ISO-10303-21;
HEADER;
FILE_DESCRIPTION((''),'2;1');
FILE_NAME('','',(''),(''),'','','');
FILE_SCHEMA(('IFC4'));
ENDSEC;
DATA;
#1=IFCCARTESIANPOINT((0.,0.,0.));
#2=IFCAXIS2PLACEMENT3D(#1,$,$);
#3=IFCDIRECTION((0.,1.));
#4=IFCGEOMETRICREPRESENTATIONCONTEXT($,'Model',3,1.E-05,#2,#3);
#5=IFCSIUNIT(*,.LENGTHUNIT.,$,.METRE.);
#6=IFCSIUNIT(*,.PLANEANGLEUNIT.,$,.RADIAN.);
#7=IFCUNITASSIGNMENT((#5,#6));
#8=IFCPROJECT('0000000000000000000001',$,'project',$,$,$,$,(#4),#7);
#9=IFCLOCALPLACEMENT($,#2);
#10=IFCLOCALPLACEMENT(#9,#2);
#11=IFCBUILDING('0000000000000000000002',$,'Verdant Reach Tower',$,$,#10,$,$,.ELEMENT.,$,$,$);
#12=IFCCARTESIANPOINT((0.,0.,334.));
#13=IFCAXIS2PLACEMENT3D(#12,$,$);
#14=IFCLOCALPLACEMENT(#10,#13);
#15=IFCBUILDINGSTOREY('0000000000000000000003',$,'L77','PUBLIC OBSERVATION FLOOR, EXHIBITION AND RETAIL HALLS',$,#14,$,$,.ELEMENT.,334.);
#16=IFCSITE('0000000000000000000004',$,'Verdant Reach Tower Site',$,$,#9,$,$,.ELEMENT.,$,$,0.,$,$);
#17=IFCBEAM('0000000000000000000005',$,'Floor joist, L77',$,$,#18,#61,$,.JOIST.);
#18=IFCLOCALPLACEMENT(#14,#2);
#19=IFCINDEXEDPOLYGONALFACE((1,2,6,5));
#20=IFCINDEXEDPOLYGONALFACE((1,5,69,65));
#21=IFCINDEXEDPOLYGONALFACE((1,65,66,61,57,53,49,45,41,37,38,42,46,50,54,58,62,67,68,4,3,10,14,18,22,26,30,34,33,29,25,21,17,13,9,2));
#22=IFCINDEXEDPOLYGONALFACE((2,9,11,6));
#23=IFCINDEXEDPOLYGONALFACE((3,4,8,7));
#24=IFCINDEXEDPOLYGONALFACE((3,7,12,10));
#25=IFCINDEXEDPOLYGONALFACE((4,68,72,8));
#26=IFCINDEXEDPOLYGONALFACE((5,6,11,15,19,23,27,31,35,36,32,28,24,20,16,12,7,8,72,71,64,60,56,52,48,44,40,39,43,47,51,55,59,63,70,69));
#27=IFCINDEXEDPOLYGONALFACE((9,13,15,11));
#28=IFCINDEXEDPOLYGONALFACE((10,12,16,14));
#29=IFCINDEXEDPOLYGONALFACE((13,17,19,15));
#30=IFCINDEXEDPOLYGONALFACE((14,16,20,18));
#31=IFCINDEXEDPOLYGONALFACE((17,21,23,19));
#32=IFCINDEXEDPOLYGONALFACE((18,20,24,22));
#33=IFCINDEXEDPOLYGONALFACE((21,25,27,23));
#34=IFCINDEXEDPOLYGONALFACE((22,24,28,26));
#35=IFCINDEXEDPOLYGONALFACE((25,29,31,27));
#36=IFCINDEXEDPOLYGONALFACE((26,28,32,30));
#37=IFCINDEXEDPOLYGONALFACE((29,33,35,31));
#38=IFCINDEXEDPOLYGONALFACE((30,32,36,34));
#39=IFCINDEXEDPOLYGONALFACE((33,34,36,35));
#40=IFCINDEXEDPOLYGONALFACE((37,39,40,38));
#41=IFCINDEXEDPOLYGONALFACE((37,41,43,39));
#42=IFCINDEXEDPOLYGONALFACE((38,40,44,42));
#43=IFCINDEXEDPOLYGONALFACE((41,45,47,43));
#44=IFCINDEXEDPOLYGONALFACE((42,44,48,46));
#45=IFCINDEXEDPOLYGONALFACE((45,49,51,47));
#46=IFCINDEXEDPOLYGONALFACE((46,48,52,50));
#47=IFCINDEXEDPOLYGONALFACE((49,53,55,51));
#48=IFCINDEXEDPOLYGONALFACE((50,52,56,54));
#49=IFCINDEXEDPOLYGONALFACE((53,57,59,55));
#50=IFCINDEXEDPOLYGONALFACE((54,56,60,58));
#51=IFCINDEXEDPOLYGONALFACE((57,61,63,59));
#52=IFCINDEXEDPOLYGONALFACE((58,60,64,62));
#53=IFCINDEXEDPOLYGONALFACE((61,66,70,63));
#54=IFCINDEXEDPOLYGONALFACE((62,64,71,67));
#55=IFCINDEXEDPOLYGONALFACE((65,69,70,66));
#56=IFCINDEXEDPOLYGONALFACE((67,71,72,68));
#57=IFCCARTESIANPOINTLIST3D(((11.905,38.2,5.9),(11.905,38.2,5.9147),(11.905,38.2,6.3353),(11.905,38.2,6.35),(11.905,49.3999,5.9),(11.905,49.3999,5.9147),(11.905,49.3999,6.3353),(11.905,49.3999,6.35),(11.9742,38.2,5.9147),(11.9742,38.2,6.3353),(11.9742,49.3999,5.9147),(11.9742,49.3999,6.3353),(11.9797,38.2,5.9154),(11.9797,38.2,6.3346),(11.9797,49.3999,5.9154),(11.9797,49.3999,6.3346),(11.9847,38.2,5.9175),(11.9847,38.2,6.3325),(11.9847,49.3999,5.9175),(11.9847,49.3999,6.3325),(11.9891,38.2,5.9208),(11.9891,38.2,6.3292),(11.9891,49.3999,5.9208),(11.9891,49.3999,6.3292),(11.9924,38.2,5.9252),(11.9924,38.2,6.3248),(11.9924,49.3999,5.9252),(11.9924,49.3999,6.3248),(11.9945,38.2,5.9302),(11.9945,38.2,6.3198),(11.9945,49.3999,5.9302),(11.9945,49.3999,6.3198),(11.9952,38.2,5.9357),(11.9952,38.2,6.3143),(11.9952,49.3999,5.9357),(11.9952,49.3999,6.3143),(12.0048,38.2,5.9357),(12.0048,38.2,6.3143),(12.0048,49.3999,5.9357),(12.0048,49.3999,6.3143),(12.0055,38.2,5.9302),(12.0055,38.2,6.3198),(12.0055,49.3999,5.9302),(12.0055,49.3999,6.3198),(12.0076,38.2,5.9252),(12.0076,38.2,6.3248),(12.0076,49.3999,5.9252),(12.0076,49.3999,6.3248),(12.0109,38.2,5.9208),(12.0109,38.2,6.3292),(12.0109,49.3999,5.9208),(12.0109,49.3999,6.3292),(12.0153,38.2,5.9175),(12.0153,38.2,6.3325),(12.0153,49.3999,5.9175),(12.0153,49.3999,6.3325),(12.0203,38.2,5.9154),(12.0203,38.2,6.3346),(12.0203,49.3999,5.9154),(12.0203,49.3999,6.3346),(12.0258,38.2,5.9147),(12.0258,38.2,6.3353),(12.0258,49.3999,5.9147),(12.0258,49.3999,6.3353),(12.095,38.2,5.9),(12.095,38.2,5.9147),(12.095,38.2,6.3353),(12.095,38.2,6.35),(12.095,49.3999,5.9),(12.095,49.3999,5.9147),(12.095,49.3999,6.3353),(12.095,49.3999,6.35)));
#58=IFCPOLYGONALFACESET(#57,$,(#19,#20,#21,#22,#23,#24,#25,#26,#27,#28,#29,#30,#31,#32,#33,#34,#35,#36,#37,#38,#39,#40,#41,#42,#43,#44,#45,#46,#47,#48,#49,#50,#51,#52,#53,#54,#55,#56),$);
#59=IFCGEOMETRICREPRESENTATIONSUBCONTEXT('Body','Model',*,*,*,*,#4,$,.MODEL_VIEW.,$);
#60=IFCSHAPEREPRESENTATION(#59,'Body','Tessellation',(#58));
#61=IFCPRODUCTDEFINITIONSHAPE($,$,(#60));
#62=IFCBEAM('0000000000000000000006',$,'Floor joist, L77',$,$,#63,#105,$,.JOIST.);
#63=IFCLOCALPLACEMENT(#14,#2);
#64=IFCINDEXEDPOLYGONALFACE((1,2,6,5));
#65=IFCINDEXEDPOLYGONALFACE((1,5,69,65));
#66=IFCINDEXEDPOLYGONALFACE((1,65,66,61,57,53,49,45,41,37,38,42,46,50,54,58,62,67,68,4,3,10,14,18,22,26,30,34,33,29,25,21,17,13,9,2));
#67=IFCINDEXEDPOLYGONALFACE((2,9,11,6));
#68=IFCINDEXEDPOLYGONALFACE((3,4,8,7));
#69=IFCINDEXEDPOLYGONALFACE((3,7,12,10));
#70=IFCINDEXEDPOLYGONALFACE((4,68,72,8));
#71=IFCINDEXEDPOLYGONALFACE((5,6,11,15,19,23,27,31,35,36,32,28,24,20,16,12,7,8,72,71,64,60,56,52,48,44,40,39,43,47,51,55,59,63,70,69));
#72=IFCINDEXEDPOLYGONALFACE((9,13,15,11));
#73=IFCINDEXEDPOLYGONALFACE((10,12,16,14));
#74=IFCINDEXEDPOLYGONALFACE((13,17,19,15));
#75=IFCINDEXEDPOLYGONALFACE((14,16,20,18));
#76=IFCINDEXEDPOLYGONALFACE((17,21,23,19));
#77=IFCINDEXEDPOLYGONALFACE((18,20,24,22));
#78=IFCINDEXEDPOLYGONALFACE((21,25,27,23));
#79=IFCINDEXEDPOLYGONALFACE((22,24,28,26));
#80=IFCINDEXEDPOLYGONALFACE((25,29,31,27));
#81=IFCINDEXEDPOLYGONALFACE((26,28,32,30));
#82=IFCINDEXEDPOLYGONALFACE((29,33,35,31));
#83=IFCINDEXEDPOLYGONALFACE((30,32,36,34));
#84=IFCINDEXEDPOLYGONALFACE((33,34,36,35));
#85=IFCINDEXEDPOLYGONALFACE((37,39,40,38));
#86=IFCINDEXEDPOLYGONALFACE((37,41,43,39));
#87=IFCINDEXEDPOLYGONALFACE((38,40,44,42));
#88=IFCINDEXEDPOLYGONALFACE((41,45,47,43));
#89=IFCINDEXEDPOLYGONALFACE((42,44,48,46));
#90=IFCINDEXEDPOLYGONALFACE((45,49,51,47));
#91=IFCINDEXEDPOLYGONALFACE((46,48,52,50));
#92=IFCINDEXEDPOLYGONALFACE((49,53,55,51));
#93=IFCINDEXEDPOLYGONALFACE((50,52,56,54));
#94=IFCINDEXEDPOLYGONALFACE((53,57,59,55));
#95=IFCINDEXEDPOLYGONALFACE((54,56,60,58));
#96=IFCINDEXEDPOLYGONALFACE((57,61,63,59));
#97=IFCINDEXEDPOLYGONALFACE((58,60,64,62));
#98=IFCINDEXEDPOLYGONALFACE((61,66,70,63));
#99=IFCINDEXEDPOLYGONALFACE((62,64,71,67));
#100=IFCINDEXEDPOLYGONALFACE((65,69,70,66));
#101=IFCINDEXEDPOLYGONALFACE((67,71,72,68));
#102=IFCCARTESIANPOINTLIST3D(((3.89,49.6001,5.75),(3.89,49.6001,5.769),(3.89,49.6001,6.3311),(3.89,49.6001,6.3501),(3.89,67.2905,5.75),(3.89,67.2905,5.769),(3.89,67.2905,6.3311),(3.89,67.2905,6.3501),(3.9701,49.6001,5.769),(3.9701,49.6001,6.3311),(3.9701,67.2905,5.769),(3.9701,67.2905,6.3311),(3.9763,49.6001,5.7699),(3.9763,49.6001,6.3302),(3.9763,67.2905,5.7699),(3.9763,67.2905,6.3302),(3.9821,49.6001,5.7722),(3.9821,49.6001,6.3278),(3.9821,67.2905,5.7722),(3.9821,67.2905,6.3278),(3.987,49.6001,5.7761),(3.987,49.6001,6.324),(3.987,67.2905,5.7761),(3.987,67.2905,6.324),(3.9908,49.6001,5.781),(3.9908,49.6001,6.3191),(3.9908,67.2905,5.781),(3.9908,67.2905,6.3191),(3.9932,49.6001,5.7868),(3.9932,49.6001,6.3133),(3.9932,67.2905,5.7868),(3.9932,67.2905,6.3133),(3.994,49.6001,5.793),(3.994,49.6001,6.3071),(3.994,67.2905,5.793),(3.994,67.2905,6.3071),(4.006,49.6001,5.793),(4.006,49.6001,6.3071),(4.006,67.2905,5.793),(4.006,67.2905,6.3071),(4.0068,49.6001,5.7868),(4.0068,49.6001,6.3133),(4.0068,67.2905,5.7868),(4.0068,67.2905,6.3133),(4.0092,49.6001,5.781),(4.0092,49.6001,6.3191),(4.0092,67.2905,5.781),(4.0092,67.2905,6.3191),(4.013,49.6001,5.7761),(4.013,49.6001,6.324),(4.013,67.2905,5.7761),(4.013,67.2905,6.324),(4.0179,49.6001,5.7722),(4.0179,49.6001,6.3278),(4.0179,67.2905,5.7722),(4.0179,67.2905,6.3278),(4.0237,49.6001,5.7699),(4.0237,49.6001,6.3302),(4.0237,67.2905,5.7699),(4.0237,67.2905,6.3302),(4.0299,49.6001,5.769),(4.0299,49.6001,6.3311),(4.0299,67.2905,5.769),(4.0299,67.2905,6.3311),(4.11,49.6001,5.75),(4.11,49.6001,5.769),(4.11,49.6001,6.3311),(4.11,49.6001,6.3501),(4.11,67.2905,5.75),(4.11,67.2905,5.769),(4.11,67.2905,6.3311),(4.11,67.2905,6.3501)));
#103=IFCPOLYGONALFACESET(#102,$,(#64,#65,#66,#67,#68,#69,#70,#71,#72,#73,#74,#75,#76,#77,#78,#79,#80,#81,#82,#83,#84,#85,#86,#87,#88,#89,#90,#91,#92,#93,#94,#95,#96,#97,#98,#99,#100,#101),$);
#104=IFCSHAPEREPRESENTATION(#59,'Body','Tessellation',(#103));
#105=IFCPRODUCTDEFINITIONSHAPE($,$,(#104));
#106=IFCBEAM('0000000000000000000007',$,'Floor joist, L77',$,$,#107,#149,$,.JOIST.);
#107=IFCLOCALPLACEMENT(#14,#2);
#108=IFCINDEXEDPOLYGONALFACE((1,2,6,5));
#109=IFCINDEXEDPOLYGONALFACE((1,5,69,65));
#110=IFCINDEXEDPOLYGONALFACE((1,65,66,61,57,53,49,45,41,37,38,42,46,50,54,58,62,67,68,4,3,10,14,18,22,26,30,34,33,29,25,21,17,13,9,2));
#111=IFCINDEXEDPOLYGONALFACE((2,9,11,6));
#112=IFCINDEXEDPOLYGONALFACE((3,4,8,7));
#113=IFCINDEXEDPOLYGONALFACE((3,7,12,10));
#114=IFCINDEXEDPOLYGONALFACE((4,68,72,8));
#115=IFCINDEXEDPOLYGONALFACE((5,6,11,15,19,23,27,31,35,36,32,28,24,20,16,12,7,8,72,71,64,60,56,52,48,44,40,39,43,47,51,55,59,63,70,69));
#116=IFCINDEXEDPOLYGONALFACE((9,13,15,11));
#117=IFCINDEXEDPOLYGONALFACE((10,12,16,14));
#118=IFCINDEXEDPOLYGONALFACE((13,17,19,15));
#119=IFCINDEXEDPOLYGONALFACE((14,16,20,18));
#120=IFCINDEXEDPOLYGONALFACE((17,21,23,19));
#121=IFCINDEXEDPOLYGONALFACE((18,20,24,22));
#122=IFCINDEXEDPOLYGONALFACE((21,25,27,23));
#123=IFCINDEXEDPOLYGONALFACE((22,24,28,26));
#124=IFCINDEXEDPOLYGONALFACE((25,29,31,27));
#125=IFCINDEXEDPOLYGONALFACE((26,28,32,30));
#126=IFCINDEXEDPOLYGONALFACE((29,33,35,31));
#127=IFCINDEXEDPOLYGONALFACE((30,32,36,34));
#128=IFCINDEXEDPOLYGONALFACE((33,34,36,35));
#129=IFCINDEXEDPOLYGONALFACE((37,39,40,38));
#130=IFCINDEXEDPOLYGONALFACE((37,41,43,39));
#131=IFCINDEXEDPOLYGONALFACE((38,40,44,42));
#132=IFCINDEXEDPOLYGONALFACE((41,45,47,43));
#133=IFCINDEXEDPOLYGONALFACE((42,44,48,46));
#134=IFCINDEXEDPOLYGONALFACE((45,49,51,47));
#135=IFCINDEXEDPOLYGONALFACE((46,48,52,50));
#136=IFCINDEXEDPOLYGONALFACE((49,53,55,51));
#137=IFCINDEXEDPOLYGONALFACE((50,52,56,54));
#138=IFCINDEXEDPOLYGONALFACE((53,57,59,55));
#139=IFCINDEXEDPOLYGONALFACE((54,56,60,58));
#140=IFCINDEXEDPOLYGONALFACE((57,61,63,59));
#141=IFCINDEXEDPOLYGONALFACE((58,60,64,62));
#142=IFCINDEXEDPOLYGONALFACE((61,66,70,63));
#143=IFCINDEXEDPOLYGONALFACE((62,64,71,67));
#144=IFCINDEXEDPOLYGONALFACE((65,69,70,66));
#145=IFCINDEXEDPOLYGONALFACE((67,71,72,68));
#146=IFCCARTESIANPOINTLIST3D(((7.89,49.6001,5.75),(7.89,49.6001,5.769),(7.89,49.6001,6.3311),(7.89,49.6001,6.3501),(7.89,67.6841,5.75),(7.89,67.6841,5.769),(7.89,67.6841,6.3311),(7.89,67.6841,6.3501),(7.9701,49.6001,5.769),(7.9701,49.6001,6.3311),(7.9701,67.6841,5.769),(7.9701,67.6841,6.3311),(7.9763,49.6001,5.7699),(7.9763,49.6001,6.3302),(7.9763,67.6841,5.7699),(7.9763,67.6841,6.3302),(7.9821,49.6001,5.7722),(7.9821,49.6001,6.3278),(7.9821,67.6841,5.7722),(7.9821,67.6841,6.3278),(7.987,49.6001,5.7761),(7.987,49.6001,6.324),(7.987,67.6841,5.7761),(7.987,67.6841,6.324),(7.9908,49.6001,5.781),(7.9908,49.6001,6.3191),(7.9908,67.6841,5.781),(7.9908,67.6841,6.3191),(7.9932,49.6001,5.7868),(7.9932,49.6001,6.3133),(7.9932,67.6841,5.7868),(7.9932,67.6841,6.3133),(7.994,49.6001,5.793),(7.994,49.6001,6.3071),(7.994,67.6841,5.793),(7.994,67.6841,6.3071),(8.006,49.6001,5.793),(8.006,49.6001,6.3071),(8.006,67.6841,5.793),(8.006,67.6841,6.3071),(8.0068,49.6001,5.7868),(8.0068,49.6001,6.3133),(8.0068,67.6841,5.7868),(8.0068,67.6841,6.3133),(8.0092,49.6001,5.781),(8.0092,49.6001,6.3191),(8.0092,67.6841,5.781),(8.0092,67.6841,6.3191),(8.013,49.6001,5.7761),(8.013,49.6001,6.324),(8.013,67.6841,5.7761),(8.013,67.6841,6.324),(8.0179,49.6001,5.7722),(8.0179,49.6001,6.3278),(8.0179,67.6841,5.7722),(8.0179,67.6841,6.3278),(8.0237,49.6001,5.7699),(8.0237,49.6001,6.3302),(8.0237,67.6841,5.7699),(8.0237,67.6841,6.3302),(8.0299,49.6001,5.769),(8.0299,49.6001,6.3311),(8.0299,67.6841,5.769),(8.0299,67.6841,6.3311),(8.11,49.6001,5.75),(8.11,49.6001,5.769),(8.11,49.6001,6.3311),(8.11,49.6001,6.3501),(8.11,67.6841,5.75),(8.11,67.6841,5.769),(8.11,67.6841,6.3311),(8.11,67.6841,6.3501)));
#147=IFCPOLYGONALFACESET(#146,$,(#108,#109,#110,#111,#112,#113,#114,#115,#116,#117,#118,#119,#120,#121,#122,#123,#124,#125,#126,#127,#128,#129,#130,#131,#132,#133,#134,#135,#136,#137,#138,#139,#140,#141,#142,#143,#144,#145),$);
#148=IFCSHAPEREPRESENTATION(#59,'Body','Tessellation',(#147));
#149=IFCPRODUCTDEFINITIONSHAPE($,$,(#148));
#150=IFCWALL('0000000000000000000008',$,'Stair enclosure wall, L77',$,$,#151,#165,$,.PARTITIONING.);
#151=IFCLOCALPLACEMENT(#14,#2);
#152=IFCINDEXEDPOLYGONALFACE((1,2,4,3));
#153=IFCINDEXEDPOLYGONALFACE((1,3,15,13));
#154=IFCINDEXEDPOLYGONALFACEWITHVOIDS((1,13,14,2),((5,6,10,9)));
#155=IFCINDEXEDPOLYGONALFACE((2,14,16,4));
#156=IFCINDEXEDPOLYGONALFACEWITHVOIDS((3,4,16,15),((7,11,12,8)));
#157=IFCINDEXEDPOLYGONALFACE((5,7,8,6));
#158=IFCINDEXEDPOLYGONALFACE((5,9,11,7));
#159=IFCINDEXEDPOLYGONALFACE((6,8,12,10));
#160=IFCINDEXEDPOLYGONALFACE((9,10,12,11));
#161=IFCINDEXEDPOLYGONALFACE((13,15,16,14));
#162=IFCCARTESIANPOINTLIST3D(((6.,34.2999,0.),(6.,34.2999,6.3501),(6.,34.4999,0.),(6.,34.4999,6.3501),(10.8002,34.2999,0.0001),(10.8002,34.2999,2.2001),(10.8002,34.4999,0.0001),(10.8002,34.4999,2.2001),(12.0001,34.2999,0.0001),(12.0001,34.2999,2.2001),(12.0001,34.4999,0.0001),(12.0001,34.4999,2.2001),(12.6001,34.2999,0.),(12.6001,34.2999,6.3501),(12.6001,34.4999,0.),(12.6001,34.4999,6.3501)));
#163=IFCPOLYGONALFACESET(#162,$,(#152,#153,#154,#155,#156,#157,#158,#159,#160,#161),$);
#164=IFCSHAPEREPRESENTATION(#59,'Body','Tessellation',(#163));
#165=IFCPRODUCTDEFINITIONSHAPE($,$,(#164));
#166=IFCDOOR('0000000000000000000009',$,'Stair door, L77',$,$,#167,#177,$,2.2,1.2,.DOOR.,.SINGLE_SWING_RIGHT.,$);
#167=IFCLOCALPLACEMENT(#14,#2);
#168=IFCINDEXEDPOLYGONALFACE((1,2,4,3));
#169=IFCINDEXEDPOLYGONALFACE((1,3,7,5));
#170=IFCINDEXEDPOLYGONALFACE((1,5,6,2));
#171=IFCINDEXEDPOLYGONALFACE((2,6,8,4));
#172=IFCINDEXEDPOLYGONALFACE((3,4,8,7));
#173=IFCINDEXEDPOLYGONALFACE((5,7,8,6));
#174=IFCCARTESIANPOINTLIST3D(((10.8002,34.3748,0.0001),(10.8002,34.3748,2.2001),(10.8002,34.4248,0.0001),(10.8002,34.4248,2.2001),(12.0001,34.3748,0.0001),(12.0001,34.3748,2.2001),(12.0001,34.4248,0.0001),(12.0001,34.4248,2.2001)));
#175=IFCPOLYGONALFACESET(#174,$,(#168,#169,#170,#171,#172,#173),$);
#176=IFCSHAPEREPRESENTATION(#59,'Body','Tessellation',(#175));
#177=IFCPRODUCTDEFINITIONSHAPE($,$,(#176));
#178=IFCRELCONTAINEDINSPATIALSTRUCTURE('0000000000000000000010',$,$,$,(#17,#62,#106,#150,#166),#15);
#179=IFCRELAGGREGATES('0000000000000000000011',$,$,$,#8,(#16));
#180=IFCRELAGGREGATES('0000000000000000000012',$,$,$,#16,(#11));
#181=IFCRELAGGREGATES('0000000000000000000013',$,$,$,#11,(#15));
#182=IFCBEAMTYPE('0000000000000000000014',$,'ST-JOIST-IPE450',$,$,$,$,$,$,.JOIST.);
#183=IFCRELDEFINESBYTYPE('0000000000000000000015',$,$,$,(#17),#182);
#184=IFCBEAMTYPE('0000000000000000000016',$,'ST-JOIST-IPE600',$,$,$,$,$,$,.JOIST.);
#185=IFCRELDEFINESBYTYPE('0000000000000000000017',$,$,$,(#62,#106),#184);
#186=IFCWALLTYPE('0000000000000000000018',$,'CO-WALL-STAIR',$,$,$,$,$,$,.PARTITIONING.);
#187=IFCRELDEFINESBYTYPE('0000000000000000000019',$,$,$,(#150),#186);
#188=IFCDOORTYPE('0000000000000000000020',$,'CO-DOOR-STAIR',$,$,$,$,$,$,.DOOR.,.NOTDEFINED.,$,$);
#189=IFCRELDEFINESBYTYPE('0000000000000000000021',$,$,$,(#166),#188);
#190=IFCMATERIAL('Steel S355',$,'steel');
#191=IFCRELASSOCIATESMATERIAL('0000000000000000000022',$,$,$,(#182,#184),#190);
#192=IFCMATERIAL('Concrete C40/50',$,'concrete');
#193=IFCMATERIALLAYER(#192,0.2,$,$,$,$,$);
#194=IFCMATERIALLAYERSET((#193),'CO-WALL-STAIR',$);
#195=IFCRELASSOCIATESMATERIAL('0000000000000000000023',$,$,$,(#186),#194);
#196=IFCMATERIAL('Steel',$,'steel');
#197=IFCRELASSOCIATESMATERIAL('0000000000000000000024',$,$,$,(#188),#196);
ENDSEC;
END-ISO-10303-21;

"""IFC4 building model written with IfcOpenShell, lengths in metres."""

from ifc_helpers import new_model, si_unit, direction, frame, frame_2d, origin, origin_2d, place, context, subcontext, project, spatial, rectangle, i_section, extrude, material, layer, layer_set, material_profile, profile_set, type_object, element, fill, save


model = new_model("IFC4")

# Units and contexts
model_context = context("Model", 3, precision=1e-05, world=origin(), true_north=direction((0.0, 1.0)))
body_context = subcontext(model_context, "Body", "Model", "MODEL_VIEW")
ifc_project = project(units=[si_unit("LENGTHUNIT", "METRE"), si_unit("PLANEANGLEUNIT", "RADIAN")], contexts=[model_context])

# Site, building, storey
site_placement = place(None, origin())
site = spatial("IfcSite", under=ifc_project, at=site_placement, Name="Verdant Reach Tower Site", CompositionType="ELEMENT", RefElevation=0.0)
building_placement = place(site_placement, origin())
building = spatial("IfcBuilding", under=site, at=building_placement, Name="Verdant Reach Tower", CompositionType="ELEMENT")
storey_placement = place(building_placement, frame((0.0, 0.0, 334.0)))
storey = spatial("IfcBuildingStorey", under=building, at=storey_placement, Name="L77", Description="PUBLIC OBSERVATION FLOOR, EXHIBITION AND RETAIL HALLS", CompositionType="ELEMENT", Elevation=334.0)

# Beams
ifc_material_1 = material(Name="Steel S355", Category="steel")
ifc_material_profile_1 = material_profile(ifc_material_1, i_section(OverallWidth=0.1899, OverallDepth=0.45, WebThickness=0.0095, FlangeThickness=0.0146, FilletRadius=0.021, at=origin_2d()), Name="IPE 450")
ifc_profile_set_1 = profile_set([ifc_material_profile_1], Name="Steel S355")
beam_type_1 = type_object("IfcBeamType", Name="ST-JOIST-IPE450", PredefinedType="JOIST", material=ifc_profile_set_1)
for number, where, z_axis, x_axis, name in (
    (1, (12.0, 38.2, 6.125), (0.0, 1.0, 0.0), (-1.0, 0.0, 0.0), "Floor joist, L77"),
):
    element("IfcBeam", number, at=place(storey_placement, frame(where, z_axis=z_axis, x_axis=x_axis)), inside=storey, type_object=beam_type_1, Name=name, PredefinedType="JOIST", context=body_context, shape_type="SweptSolid", body=[
        extrude(i_section(OverallWidth=0.1899, OverallDepth=0.45, WebThickness=0.0095, FlangeThickness=0.0146, FilletRadius=0.021, at=origin_2d()), origin(), (0.0, 0.0, 1.0), 11.2),
    ])
ifc_material_profile_2 = material_profile(ifc_material_1, i_section(OverallWidth=0.22, OverallDepth=0.6001, WebThickness=0.012, FlangeThickness=0.019, FilletRadius=0.0239, at=origin_2d()), Name="IPE 600")
ifc_profile_set_2 = profile_set([ifc_material_profile_2], Name="Steel S355")
beam_type_2 = type_object("IfcBeamType", Name="ST-JOIST-IPE600", PredefinedType="JOIST", material=ifc_profile_set_2)
beam_1_placement = place(storey_placement, frame((4.0, 49.6001, 6.05), z_axis=(0.0, 1.0, 0.0), x_axis=(-1.0, 0.0, 0.0)))
element("IfcBeam", 2, at=beam_1_placement, inside=storey, type_object=beam_type_2, Name="Floor joist, L77", PredefinedType="JOIST", context=body_context, shape_type="SweptSolid", body=[
    extrude(i_section(OverallWidth=0.22, OverallDepth=0.6001, WebThickness=0.012, FlangeThickness=0.019, FilletRadius=0.0239, at=origin_2d()), origin(), (0.0, 0.0, 1.0), 17.6904),
])
beam_2_placement = place(storey_placement, frame((8.0, 49.6001, 6.05), z_axis=(0.0, 1.0, 0.0), x_axis=(-1.0, 0.0, 0.0)))
element("IfcBeam", 3, at=beam_2_placement, inside=storey, type_object=beam_type_2, Name="Floor joist, L77", PredefinedType="JOIST", context=body_context, shape_type="SweptSolid", body=[
    extrude(i_section(OverallWidth=0.22, OverallDepth=0.6001, WebThickness=0.012, FlangeThickness=0.019, FilletRadius=0.0239, at=origin_2d()), origin(), (0.0, 0.0, 1.0), 18.084),
])

# Wall, opening, door
ifc_material_2 = material(Name="Concrete C40/50", Category="concrete")
ifc_layer_1 = layer(ifc_material_2, 0.2)
ifc_layer_set_1 = layer_set([ifc_layer_1], Name="CO-WALL-STAIR")
wall_type_1 = type_object("IfcWallType", Name="CO-WALL-STAIR", PredefinedType="PARTITIONING", material=ifc_layer_set_1)
wall_1_placement = place(storey_placement, frame((6.0, 34.3999, 0.0), z_axis=(0.0, 0.0, 1.0), x_axis=(1.0, 0.0, 0.0)))
wall_1 = element("IfcWall", 4, at=wall_1_placement, inside=storey, type_object=wall_type_1, Name="Stair enclosure wall, L77", PredefinedType="PARTITIONING", context=body_context, shape_type="SweptSolid", body=[
    extrude(rectangle(XDim=6.6001, YDim=0.2, at=frame_2d((3.3, 0.0))), origin(), (0.0, 0.0, 1.0), 6.3501),
])
opening_1_placement = place(wall_1_placement, frame((4.8, 0.0, 0.0)))
opening_1 = element("IfcOpeningElement", 5, at=opening_1_placement, cuts=wall_1, PredefinedType="OPENING", context=body_context, shape_type="SweptSolid", body=[
    extrude(rectangle(XDim=1.2, YDim=2.2, at=frame_2d((0.6001, 1.1001))), frame((0.0, 0.1099, 0.0), z_axis=(0.0, -1.0, 0.0), x_axis=(1.0, 0.0, 0.0)), (0.0, 0.0, 1.0), 0.22),
])
ifc_material_3 = material(Name="Steel", Category="steel")
door_type_1 = type_object("IfcDoorType", Name="CO-DOOR-STAIR", OperationType="NOTDEFINED", PredefinedType="DOOR", material=ifc_material_3)
door_1_placement = place(opening_1_placement, origin())
door_1 = element("IfcDoor", 6, at=door_1_placement, inside=storey, type_object=door_type_1, Name="Stair door, L77", OperationType="SINGLE_SWING_RIGHT", OverallHeight=2.2, OverallWidth=1.2, PredefinedType="DOOR", context=body_context, shape_type="SweptSolid", body=[
    extrude(rectangle(XDim=1.2, YDim=2.2, at=frame_2d((0.6001, 1.1001))), frame((0.0, 0.0249, 0.0), z_axis=(0.0, -1.0, 0.0), x_axis=(1.0, 0.0, 0.0)), (0.0, 0.0, 1.0), 0.05),
])
fill(opening_1, door_1)

save(model, "model.ifc")
